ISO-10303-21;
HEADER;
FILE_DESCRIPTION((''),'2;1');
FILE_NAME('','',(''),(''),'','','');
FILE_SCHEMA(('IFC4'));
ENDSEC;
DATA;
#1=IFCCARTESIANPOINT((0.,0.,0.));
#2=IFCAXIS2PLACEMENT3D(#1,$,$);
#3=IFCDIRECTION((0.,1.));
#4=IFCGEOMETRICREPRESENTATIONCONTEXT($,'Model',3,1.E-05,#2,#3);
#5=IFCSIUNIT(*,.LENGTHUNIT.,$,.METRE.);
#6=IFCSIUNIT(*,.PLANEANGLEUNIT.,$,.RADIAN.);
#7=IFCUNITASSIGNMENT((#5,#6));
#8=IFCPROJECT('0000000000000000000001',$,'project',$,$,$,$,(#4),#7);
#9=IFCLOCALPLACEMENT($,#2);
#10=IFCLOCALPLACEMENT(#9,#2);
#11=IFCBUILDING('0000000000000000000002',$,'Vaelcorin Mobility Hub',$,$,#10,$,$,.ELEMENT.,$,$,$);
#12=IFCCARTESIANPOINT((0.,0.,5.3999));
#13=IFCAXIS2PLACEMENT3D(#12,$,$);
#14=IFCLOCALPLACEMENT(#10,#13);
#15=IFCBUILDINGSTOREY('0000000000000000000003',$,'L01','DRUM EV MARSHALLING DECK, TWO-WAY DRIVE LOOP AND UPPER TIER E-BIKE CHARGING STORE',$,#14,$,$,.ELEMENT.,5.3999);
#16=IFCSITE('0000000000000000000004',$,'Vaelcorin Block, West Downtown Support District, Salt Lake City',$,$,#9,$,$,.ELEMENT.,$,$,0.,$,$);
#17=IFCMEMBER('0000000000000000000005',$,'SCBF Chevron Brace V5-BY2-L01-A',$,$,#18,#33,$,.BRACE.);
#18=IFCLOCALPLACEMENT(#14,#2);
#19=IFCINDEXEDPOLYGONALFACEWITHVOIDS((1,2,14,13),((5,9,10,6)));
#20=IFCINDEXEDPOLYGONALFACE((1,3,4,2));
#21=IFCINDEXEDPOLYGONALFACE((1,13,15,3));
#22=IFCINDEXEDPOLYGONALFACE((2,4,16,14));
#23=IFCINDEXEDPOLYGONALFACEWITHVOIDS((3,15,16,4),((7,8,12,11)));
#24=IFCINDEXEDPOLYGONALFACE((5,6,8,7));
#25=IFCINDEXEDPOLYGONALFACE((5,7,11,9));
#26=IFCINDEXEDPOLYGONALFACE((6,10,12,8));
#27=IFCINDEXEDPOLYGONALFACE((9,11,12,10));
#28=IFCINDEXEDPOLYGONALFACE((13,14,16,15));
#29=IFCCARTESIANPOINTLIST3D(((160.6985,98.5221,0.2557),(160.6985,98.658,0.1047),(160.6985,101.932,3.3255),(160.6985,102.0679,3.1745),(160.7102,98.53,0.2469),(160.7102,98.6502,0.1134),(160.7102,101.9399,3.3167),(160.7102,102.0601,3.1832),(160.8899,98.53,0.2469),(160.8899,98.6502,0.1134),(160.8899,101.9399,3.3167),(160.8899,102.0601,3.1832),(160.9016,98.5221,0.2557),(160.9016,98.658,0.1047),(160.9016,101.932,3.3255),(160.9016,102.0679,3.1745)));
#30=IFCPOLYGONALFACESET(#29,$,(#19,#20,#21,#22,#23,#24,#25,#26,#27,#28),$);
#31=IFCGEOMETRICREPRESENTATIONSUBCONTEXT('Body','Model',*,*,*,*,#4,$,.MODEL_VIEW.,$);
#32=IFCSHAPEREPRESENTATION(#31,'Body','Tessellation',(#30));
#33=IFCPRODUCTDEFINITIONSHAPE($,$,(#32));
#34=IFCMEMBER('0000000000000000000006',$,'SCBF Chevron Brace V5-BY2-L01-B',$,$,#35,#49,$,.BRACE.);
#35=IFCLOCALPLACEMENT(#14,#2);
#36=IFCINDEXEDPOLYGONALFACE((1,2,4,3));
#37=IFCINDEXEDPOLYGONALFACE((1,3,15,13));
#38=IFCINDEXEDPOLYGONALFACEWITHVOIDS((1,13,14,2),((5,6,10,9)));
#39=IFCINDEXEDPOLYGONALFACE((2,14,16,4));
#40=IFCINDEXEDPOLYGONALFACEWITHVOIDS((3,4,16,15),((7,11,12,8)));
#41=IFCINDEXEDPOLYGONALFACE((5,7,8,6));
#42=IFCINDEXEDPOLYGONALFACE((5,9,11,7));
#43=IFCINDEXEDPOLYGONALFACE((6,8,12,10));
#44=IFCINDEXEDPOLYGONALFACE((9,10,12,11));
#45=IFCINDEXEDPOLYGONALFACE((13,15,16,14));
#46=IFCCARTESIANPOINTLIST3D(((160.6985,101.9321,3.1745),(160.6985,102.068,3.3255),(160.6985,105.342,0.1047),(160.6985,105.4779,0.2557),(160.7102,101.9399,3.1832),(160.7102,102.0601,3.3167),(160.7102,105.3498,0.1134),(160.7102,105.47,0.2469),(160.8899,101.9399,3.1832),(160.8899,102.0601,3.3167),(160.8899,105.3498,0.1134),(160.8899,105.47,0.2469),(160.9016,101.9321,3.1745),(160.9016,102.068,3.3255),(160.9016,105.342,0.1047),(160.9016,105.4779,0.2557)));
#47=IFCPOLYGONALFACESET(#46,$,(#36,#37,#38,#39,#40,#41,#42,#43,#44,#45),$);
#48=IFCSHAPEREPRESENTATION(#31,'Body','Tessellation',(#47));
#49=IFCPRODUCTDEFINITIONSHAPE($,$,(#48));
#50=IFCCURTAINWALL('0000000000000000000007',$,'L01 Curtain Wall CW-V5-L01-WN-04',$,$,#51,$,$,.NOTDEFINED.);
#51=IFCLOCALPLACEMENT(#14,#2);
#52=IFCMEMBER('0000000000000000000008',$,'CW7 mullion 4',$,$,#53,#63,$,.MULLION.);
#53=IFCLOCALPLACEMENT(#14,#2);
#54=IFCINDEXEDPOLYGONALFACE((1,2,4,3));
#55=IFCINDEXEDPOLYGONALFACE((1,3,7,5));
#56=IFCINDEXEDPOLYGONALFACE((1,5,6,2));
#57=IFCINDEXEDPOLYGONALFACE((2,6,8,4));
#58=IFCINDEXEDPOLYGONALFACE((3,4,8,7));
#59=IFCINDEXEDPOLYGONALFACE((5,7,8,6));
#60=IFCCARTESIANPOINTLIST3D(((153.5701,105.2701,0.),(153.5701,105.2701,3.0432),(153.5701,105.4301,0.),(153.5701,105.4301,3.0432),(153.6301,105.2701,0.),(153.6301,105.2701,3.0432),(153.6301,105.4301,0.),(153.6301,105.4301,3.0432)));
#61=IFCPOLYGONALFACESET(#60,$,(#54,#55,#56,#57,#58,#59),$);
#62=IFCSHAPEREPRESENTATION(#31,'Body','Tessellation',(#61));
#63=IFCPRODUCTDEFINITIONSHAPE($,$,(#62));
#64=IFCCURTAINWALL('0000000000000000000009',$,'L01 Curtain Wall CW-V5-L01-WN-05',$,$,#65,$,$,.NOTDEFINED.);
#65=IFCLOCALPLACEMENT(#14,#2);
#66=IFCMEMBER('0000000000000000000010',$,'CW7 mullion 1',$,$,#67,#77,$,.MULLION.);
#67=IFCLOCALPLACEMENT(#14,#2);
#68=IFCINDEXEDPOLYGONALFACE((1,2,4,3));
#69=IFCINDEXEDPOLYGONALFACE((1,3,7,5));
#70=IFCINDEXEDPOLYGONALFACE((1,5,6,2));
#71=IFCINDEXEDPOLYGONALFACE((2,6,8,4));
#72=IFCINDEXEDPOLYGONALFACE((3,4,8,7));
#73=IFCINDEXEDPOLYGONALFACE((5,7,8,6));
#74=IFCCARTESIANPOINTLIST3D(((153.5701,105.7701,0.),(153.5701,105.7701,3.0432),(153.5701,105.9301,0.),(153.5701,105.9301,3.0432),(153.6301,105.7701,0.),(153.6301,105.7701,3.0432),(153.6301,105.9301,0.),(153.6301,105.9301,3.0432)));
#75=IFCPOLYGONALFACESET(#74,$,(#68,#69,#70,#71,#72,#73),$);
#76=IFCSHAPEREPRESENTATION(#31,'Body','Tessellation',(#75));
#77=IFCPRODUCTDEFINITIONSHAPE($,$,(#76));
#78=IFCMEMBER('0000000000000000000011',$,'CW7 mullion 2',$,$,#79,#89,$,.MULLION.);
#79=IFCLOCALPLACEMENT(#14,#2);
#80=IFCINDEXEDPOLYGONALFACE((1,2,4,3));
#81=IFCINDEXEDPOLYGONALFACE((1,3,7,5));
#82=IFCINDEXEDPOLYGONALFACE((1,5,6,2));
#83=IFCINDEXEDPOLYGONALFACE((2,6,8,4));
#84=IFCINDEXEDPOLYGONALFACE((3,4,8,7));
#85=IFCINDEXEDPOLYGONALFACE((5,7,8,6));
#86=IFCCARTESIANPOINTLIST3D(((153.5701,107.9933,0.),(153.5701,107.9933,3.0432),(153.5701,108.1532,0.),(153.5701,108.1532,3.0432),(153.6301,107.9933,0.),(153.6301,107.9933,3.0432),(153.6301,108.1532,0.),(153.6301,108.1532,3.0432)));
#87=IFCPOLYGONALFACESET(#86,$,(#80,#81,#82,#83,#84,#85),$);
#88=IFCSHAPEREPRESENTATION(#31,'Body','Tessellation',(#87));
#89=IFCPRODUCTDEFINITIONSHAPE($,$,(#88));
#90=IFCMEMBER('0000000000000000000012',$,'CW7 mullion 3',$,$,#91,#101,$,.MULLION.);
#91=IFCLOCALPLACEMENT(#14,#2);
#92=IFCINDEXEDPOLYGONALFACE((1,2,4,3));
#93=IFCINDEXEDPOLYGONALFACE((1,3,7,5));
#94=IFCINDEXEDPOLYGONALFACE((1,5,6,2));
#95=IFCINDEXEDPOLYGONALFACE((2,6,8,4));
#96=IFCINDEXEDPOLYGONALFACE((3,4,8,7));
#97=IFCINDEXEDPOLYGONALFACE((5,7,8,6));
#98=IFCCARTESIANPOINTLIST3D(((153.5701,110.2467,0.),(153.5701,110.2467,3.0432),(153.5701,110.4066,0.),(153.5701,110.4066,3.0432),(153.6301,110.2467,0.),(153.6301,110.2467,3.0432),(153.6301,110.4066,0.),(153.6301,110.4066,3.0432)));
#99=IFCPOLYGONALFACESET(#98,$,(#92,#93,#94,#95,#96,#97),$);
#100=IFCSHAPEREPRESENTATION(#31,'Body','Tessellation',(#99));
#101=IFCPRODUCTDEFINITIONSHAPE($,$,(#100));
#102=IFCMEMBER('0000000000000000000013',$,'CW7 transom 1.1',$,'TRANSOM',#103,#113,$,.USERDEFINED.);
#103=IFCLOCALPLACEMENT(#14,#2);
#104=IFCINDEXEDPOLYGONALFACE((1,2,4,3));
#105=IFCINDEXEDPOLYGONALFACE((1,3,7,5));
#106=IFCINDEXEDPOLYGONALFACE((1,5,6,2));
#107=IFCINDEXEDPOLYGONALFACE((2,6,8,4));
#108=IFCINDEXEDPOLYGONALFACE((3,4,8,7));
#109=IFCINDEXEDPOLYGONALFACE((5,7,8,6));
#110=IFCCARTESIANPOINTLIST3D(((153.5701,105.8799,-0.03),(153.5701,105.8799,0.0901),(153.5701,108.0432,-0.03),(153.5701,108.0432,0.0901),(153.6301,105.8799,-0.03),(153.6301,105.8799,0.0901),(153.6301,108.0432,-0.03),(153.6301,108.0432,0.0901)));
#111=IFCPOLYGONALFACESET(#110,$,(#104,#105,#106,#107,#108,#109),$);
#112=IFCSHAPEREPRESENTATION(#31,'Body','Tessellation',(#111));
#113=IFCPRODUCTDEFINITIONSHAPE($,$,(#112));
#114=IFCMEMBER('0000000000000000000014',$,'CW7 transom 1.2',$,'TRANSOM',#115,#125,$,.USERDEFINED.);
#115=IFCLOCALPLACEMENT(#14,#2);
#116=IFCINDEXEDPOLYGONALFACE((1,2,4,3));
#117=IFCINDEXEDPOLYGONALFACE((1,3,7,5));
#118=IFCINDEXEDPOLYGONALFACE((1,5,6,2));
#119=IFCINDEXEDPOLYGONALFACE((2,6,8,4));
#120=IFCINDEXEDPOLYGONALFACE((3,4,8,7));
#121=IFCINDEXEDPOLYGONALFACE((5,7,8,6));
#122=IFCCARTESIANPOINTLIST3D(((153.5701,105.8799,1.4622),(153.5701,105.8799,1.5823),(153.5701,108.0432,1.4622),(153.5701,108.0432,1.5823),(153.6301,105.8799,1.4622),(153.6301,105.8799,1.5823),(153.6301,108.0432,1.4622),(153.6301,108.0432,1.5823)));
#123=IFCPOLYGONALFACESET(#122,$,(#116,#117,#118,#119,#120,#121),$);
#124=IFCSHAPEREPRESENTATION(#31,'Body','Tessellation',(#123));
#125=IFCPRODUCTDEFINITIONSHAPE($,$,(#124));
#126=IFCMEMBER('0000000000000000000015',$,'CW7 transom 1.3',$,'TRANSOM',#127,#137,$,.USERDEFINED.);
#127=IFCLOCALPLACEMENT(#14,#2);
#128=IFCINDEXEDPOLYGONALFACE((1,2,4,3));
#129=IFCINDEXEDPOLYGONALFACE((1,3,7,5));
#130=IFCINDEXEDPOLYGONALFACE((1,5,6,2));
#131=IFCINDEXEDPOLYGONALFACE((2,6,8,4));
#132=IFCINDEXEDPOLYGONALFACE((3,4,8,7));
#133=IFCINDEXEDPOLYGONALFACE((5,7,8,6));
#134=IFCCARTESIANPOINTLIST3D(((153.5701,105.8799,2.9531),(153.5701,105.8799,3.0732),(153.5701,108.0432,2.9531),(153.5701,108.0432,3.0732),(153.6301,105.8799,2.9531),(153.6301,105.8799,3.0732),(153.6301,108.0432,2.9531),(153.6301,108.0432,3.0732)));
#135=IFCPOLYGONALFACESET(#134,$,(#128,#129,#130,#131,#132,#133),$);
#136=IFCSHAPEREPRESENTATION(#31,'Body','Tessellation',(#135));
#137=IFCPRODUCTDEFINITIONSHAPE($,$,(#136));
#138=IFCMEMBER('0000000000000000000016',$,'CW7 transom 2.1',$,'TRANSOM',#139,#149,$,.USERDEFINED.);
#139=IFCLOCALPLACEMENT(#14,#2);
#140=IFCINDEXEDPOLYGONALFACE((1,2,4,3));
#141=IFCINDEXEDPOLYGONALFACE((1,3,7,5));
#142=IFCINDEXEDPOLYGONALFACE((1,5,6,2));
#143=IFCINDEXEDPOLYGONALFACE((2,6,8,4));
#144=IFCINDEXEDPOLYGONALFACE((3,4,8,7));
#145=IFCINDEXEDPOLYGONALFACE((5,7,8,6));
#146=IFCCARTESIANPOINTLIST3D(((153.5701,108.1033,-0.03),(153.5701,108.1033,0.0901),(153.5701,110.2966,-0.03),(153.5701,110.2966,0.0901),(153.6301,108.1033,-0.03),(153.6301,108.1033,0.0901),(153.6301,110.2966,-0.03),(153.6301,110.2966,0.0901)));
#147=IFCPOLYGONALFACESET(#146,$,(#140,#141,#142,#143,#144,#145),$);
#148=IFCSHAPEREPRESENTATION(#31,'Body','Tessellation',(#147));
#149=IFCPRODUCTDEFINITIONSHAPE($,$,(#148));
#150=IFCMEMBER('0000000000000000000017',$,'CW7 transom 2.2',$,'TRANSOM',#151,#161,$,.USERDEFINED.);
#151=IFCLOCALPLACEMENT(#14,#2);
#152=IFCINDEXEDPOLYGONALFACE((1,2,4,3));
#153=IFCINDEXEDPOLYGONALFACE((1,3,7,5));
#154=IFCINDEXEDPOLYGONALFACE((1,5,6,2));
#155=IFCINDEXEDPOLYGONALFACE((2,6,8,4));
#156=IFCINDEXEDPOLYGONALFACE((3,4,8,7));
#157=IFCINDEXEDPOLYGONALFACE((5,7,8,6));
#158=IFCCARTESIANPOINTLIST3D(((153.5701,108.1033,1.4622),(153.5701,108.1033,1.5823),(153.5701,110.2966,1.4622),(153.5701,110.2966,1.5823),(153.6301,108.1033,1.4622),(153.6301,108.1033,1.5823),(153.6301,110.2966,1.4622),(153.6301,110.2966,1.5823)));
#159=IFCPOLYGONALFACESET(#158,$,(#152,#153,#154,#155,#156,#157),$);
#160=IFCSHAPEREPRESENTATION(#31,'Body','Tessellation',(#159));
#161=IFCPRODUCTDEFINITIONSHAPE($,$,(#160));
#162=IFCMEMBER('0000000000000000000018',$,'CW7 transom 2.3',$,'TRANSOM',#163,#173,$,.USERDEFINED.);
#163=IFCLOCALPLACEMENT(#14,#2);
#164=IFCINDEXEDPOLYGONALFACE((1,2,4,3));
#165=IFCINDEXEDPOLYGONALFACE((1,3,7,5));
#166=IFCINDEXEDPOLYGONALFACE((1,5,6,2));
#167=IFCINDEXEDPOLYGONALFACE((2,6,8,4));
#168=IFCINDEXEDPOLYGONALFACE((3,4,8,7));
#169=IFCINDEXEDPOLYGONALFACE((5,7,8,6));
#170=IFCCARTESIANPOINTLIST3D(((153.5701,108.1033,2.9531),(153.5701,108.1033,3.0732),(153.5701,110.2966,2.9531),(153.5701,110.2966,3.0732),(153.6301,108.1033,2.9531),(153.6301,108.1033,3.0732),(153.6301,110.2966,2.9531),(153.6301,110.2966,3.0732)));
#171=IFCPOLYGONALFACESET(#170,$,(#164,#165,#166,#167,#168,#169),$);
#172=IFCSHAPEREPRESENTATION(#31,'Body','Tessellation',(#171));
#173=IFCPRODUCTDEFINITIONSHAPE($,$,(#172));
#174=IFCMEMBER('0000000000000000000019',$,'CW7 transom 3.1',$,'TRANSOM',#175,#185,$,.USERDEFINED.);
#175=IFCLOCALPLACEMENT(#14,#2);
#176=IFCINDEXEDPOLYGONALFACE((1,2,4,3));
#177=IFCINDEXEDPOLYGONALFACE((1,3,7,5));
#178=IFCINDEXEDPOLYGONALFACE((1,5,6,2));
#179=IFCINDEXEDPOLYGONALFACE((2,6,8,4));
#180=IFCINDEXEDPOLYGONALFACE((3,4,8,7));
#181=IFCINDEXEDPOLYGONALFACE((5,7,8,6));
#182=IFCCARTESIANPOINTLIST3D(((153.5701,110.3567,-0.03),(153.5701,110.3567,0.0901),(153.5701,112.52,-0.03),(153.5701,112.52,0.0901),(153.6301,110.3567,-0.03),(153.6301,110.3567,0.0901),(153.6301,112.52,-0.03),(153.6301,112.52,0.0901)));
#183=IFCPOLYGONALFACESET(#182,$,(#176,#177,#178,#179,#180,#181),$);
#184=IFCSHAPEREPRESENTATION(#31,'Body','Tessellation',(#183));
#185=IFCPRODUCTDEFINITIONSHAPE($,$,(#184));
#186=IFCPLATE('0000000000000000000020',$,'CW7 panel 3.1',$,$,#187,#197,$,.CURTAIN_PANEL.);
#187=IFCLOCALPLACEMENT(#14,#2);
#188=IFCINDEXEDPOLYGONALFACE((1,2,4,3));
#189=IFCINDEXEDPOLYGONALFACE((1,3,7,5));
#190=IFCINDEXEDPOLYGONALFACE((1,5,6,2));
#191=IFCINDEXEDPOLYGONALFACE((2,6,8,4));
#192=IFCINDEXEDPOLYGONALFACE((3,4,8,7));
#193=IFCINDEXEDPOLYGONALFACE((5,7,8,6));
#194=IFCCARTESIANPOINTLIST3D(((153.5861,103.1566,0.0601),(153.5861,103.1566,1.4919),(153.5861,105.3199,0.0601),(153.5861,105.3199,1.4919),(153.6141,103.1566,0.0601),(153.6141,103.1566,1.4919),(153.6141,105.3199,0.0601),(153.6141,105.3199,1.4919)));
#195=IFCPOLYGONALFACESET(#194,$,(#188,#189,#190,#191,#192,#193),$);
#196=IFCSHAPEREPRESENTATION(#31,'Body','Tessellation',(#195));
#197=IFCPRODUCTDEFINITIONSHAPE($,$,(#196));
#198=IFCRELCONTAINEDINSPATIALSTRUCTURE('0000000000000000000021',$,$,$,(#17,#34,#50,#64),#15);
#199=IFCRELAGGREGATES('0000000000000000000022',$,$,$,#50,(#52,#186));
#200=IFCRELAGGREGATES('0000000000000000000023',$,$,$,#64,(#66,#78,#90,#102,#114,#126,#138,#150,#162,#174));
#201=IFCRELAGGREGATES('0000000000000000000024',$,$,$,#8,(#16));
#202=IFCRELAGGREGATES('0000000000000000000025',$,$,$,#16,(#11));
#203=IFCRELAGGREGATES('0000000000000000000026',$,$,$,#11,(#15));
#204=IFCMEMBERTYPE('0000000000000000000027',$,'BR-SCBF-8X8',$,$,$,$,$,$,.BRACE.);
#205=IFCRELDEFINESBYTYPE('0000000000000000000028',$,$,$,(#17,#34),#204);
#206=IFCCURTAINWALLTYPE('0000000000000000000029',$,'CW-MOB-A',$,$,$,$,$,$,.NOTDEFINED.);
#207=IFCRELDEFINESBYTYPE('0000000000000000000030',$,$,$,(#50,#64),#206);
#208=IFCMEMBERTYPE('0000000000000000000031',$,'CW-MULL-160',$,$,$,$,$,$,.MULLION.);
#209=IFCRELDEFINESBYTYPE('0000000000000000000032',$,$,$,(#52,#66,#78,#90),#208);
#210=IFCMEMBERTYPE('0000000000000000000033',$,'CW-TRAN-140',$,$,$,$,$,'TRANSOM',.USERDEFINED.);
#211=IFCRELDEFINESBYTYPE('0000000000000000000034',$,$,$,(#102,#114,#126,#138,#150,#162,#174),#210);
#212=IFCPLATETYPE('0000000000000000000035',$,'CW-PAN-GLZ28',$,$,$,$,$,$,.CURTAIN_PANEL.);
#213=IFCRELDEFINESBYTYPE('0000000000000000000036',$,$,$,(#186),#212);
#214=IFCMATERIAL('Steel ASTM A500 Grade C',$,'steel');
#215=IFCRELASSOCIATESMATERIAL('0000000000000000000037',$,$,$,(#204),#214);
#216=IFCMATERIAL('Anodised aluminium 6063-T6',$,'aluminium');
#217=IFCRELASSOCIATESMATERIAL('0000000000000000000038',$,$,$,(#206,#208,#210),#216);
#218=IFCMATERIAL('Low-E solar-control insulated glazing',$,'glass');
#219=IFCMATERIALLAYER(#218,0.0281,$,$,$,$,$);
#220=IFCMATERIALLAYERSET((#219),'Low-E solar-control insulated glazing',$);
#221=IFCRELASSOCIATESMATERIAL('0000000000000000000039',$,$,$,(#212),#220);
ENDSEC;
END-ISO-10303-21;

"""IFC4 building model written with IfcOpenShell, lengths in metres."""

from ifc_helpers import new_model, si_unit, direction, frame, origin, origin_2d, place, context, subcontext, project, spatial, rectangle, hollow_rectangle, extrude, material, layer, layer_set, material_profile, profile_set, type_object, element, aggregate, save


model = new_model("IFC4")

# Units and contexts
model_context = context("Model", 3, precision=1e-05, world=origin(), true_north=direction((0.0, 1.0)))
body_context = subcontext(model_context, "Body", "Model", "MODEL_VIEW")
ifc_project = project(units=[si_unit("LENGTHUNIT", "METRE"), si_unit("PLANEANGLEUNIT", "RADIAN")], contexts=[model_context])

# Site, building, storey
site_placement = place(None, origin())
site = spatial("IfcSite", under=ifc_project, at=site_placement, Name="Vaelcorin Block, West Downtown Support District, Salt Lake City", CompositionType="ELEMENT", RefElevation=0.0)
building_placement = place(site_placement, origin())
building = spatial("IfcBuilding", under=site, at=building_placement, Name="Vaelcorin Mobility Hub", CompositionType="ELEMENT")
storey_placement = place(building_placement, frame((0.0, 0.0, 5.3999)))
storey = spatial("IfcBuildingStorey", under=building, at=storey_placement, Name="L01", Description="DRUM EV MARSHALLING DECK, TWO-WAY DRIVE LOOP AND UPPER TIER E-BIKE CHARGING STORE", CompositionType="ELEMENT", Elevation=5.3999)

# Members
ifc_material_1 = material(Name="Steel ASTM A500 Grade C", Category="steel")
ifc_material_profile_1 = material_profile(ifc_material_1, hollow_rectangle(XDim=0.2031, YDim=0.2031, WallThickness=0.0117, at=origin_2d()), Name="HSS8X8X0.500")
ifc_profile_set_1 = profile_set([ifc_material_profile_1], Name="Steel ASTM A500 Grade C")
member_type_1 = type_object("IfcMemberType", Name="BR-SCBF-8X8", PredefinedType="BRACE", material=ifc_profile_set_1)
for number, where, z_axis, x_axis, name in (
    (1, (160.8, 98.5901, 0.1802), (0.0, 0.743196, 0.669073), (-1.0, 0.0, 0.0), "SCBF Chevron Brace V5-BY2-L01-A"),
    (2, (160.8, 105.4099, 0.1802), (0.0, -0.743196, 0.669073), (1.0, 0.0, 0.0), "SCBF Chevron Brace V5-BY2-L01-B"),
):
    element("IfcMember", number, at=place(storey_placement, frame(where, z_axis=z_axis, x_axis=x_axis)), inside=storey, type_object=member_type_1, Name=name, PredefinedType="BRACE", context=body_context, shape_type="SweptSolid", body=[
        extrude(hollow_rectangle(XDim=0.2031, YDim=0.2031, WallThickness=0.0117, at=origin_2d()), origin(), (0.0, 0.0, 1.0), 4.5881),
    ])

# Curtain wall, member
ifc_material_2 = material(Name="Anodised aluminium 6063-T6", Category="aluminium")
curtain_wall_type = type_object("IfcCurtainWallType", Name="CW-MOB-A", PredefinedType="NOTDEFINED", material=ifc_material_2)
curtain_wall_1_placement = place(storey_placement, origin())
curtain_wall_1 = element("IfcCurtainWall", 3, at=curtain_wall_1_placement, inside=storey, type_object=curtain_wall_type, Name="L01 Curtain Wall CW-V5-L01-WN-04", PredefinedType="NOTDEFINED")
ifc_material_profile_2 = material_profile(ifc_material_2, rectangle(XDim=0.0601, YDim=0.1599, at=origin_2d()), Name="ALU-M60X160")
ifc_profile_set_2 = profile_set([ifc_material_profile_2], Name="Anodised aluminium 6063-T6")
member_type_2 = type_object("IfcMemberType", Name="CW-MULL-160", PredefinedType="MULLION", material=ifc_profile_set_2)
member_1_placement = place(storey_placement, frame((153.6001, 105.3501, 0.0), z_axis=(0.0, 0.0, 1.0), x_axis=(-1.0, 0.0, 0.0)))
member_1 = element("IfcMember", 4, at=member_1_placement, type_object=member_type_2, Name="CW7 mullion 4", PredefinedType="MULLION", context=body_context, shape_type="SweptSolid", body=[
    extrude(rectangle(XDim=0.0601, YDim=0.1599, at=origin_2d()), origin(), (0.0, 0.0, 1.0), 3.0432),
])

# Curtain wall, members
curtain_wall_2_placement = place(storey_placement, origin())
curtain_wall_2 = element("IfcCurtainWall", 5, at=curtain_wall_2_placement, inside=storey, type_object=curtain_wall_type, Name="L01 Curtain Wall CW-V5-L01-WN-05", PredefinedType="NOTDEFINED")
member_2_placement = place(storey_placement, frame((153.6001, 105.8501, 0.0), z_axis=(0.0, 0.0, 1.0), x_axis=(-1.0, 0.0, 0.0)))
member_2 = element("IfcMember", 6, at=member_2_placement, type_object=member_type_2, Name="CW7 mullion 1", PredefinedType="MULLION", context=body_context, shape_type="SweptSolid", body=[
    extrude(rectangle(XDim=0.0601, YDim=0.1599, at=origin_2d()), origin(), (0.0, 0.0, 1.0), 3.0432),
])
member_3_placement = place(storey_placement, frame((153.6001, 108.0732, 0.0), z_axis=(0.0, 0.0, 1.0), x_axis=(-1.0, 0.0, 0.0)))
member_3 = element("IfcMember", 7, at=member_3_placement, type_object=member_type_2, Name="CW7 mullion 2", PredefinedType="MULLION", context=body_context, shape_type="SweptSolid", body=[
    extrude(rectangle(XDim=0.0601, YDim=0.1599, at=origin_2d()), origin(), (0.0, 0.0, 1.0), 3.0432),
])
member_4_placement = place(storey_placement, frame((153.6001, 110.3267, 0.0), z_axis=(0.0, 0.0, 1.0), x_axis=(-1.0, 0.0, 0.0)))
member_4 = element("IfcMember", 8, at=member_4_placement, type_object=member_type_2, Name="CW7 mullion 3", PredefinedType="MULLION", context=body_context, shape_type="SweptSolid", body=[
    extrude(rectangle(XDim=0.0601, YDim=0.1599, at=origin_2d()), origin(), (0.0, 0.0, 1.0), 3.0432),
])
ifc_material_profile_3 = material_profile(ifc_material_2, rectangle(XDim=0.0601, YDim=0.1201, at=origin_2d()), Name="ALU-T60X120")
ifc_profile_set_3 = profile_set([ifc_material_profile_3], Name="Anodised aluminium 6063-T6")
member_type_3 = type_object("IfcMemberType", Name="CW-TRAN-140", ElementType="TRANSOM", PredefinedType="USERDEFINED", material=ifc_profile_set_3)
member_5_placement = place(storey_placement, frame((153.6001, 105.8799, 0.03), z_axis=(0.0, 1.0, 0.0), x_axis=(-1.0, 0.0, 0.0)))
member_5 = element("IfcMember", 9, at=member_5_placement, type_object=member_type_3, Name="CW7 transom 1.1", ObjectType="TRANSOM", PredefinedType="USERDEFINED", context=body_context, shape_type="SweptSolid", body=[
    extrude(rectangle(XDim=0.0601, YDim=0.1201, at=origin_2d()), origin(), (0.0, 0.0, 1.0), 2.1633),
])
member_6_placement = place(storey_placement, frame((153.6001, 105.8799, 1.5222), z_axis=(0.0, 1.0, 0.0), x_axis=(-1.0, 0.0, 0.0)))
member_6 = element("IfcMember", 10, at=member_6_placement, type_object=member_type_3, Name="CW7 transom 1.2", ObjectType="TRANSOM", PredefinedType="USERDEFINED", context=body_context, shape_type="SweptSolid", body=[
    extrude(rectangle(XDim=0.0601, YDim=0.1201, at=origin_2d()), origin(), (0.0, 0.0, 1.0), 2.1633),
])
member_7_placement = place(storey_placement, frame((153.6001, 105.8799, 3.0132), z_axis=(0.0, 1.0, 0.0), x_axis=(-1.0, 0.0, 0.0)))
member_7 = element("IfcMember", 11, at=member_7_placement, type_object=member_type_3, Name="CW7 transom 1.3", ObjectType="TRANSOM", PredefinedType="USERDEFINED", context=body_context, shape_type="SweptSolid", body=[
    extrude(rectangle(XDim=0.0601, YDim=0.1201, at=origin_2d()), origin(), (0.0, 0.0, 1.0), 2.1633),
])
member_8_placement = place(storey_placement, frame((153.6001, 108.1033, 0.03), z_axis=(0.0, 1.0, 0.0), x_axis=(-1.0, 0.0, 0.0)))
member_8 = element("IfcMember", 12, at=member_8_placement, type_object=member_type_3, Name="CW7 transom 2.1", ObjectType="TRANSOM", PredefinedType="USERDEFINED", context=body_context, shape_type="SweptSolid", body=[
    extrude(rectangle(XDim=0.0601, YDim=0.1201, at=origin_2d()), origin(), (0.0, 0.0, 1.0), 2.1934),
])
member_9_placement = place(storey_placement, frame((153.6001, 108.1033, 1.5222), z_axis=(0.0, 1.0, 0.0), x_axis=(-1.0, 0.0, 0.0)))
member_9 = element("IfcMember", 13, at=member_9_placement, type_object=member_type_3, Name="CW7 transom 2.2", ObjectType="TRANSOM", PredefinedType="USERDEFINED", context=body_context, shape_type="SweptSolid", body=[
    extrude(rectangle(XDim=0.0601, YDim=0.1201, at=origin_2d()), origin(), (0.0, 0.0, 1.0), 2.1934),
])
member_10_placement = place(storey_placement, frame((153.6001, 108.1033, 3.0132), z_axis=(0.0, 1.0, 0.0), x_axis=(-1.0, 0.0, 0.0)))
member_10 = element("IfcMember", 14, at=member_10_placement, type_object=member_type_3, Name="CW7 transom 2.3", ObjectType="TRANSOM", PredefinedType="USERDEFINED", context=body_context, shape_type="SweptSolid", body=[
    extrude(rectangle(XDim=0.0601, YDim=0.1201, at=origin_2d()), origin(), (0.0, 0.0, 1.0), 2.1934),
])
member_11_placement = place(storey_placement, frame((153.6001, 110.3567, 0.03), z_axis=(0.0, 1.0, 0.0), x_axis=(-1.0, 0.0, 0.0)))
member_11 = element("IfcMember", 15, at=member_11_placement, type_object=member_type_3, Name="CW7 transom 3.1", ObjectType="TRANSOM", PredefinedType="USERDEFINED", context=body_context, shape_type="SweptSolid", body=[
    extrude(rectangle(XDim=0.0601, YDim=0.1201, at=origin_2d()), origin(), (0.0, 0.0, 1.0), 2.1633),
])

# Plate
ifc_material_3 = material(Name="Low-E solar-control insulated glazing", Category="glass")
ifc_layer_1 = layer(ifc_material_3, 0.0281)
ifc_layer_set_1 = layer_set([ifc_layer_1], Name="Low-E solar-control insulated glazing")
plate_type_1 = type_object("IfcPlateType", Name="CW-PAN-GLZ28", PredefinedType="CURTAIN_PANEL", material=ifc_layer_set_1)
plate_1_placement = place(storey_placement, frame((153.6001, 104.2383, 0.0601), z_axis=(0.0, 0.0, 1.0), x_axis=(0.0, 1.0, 0.0)))
plate_1 = element("IfcPlate", 16, at=plate_1_placement, type_object=plate_type_1, Name="CW7 panel 3.1", PredefinedType="CURTAIN_PANEL", context=body_context, shape_type="SweptSolid", body=[
    extrude(rectangle(XDim=2.1633, YDim=0.0281, at=origin_2d()), origin(), (0.0, 0.0, 1.0), 1.4319),
])
aggregate(curtain_wall_1, [member_1, plate_1])
aggregate(curtain_wall_2, [member_2, member_3, member_4, member_5, member_6, member_7, member_8, member_9, member_10, member_11])

save(model, "model.ifc")
